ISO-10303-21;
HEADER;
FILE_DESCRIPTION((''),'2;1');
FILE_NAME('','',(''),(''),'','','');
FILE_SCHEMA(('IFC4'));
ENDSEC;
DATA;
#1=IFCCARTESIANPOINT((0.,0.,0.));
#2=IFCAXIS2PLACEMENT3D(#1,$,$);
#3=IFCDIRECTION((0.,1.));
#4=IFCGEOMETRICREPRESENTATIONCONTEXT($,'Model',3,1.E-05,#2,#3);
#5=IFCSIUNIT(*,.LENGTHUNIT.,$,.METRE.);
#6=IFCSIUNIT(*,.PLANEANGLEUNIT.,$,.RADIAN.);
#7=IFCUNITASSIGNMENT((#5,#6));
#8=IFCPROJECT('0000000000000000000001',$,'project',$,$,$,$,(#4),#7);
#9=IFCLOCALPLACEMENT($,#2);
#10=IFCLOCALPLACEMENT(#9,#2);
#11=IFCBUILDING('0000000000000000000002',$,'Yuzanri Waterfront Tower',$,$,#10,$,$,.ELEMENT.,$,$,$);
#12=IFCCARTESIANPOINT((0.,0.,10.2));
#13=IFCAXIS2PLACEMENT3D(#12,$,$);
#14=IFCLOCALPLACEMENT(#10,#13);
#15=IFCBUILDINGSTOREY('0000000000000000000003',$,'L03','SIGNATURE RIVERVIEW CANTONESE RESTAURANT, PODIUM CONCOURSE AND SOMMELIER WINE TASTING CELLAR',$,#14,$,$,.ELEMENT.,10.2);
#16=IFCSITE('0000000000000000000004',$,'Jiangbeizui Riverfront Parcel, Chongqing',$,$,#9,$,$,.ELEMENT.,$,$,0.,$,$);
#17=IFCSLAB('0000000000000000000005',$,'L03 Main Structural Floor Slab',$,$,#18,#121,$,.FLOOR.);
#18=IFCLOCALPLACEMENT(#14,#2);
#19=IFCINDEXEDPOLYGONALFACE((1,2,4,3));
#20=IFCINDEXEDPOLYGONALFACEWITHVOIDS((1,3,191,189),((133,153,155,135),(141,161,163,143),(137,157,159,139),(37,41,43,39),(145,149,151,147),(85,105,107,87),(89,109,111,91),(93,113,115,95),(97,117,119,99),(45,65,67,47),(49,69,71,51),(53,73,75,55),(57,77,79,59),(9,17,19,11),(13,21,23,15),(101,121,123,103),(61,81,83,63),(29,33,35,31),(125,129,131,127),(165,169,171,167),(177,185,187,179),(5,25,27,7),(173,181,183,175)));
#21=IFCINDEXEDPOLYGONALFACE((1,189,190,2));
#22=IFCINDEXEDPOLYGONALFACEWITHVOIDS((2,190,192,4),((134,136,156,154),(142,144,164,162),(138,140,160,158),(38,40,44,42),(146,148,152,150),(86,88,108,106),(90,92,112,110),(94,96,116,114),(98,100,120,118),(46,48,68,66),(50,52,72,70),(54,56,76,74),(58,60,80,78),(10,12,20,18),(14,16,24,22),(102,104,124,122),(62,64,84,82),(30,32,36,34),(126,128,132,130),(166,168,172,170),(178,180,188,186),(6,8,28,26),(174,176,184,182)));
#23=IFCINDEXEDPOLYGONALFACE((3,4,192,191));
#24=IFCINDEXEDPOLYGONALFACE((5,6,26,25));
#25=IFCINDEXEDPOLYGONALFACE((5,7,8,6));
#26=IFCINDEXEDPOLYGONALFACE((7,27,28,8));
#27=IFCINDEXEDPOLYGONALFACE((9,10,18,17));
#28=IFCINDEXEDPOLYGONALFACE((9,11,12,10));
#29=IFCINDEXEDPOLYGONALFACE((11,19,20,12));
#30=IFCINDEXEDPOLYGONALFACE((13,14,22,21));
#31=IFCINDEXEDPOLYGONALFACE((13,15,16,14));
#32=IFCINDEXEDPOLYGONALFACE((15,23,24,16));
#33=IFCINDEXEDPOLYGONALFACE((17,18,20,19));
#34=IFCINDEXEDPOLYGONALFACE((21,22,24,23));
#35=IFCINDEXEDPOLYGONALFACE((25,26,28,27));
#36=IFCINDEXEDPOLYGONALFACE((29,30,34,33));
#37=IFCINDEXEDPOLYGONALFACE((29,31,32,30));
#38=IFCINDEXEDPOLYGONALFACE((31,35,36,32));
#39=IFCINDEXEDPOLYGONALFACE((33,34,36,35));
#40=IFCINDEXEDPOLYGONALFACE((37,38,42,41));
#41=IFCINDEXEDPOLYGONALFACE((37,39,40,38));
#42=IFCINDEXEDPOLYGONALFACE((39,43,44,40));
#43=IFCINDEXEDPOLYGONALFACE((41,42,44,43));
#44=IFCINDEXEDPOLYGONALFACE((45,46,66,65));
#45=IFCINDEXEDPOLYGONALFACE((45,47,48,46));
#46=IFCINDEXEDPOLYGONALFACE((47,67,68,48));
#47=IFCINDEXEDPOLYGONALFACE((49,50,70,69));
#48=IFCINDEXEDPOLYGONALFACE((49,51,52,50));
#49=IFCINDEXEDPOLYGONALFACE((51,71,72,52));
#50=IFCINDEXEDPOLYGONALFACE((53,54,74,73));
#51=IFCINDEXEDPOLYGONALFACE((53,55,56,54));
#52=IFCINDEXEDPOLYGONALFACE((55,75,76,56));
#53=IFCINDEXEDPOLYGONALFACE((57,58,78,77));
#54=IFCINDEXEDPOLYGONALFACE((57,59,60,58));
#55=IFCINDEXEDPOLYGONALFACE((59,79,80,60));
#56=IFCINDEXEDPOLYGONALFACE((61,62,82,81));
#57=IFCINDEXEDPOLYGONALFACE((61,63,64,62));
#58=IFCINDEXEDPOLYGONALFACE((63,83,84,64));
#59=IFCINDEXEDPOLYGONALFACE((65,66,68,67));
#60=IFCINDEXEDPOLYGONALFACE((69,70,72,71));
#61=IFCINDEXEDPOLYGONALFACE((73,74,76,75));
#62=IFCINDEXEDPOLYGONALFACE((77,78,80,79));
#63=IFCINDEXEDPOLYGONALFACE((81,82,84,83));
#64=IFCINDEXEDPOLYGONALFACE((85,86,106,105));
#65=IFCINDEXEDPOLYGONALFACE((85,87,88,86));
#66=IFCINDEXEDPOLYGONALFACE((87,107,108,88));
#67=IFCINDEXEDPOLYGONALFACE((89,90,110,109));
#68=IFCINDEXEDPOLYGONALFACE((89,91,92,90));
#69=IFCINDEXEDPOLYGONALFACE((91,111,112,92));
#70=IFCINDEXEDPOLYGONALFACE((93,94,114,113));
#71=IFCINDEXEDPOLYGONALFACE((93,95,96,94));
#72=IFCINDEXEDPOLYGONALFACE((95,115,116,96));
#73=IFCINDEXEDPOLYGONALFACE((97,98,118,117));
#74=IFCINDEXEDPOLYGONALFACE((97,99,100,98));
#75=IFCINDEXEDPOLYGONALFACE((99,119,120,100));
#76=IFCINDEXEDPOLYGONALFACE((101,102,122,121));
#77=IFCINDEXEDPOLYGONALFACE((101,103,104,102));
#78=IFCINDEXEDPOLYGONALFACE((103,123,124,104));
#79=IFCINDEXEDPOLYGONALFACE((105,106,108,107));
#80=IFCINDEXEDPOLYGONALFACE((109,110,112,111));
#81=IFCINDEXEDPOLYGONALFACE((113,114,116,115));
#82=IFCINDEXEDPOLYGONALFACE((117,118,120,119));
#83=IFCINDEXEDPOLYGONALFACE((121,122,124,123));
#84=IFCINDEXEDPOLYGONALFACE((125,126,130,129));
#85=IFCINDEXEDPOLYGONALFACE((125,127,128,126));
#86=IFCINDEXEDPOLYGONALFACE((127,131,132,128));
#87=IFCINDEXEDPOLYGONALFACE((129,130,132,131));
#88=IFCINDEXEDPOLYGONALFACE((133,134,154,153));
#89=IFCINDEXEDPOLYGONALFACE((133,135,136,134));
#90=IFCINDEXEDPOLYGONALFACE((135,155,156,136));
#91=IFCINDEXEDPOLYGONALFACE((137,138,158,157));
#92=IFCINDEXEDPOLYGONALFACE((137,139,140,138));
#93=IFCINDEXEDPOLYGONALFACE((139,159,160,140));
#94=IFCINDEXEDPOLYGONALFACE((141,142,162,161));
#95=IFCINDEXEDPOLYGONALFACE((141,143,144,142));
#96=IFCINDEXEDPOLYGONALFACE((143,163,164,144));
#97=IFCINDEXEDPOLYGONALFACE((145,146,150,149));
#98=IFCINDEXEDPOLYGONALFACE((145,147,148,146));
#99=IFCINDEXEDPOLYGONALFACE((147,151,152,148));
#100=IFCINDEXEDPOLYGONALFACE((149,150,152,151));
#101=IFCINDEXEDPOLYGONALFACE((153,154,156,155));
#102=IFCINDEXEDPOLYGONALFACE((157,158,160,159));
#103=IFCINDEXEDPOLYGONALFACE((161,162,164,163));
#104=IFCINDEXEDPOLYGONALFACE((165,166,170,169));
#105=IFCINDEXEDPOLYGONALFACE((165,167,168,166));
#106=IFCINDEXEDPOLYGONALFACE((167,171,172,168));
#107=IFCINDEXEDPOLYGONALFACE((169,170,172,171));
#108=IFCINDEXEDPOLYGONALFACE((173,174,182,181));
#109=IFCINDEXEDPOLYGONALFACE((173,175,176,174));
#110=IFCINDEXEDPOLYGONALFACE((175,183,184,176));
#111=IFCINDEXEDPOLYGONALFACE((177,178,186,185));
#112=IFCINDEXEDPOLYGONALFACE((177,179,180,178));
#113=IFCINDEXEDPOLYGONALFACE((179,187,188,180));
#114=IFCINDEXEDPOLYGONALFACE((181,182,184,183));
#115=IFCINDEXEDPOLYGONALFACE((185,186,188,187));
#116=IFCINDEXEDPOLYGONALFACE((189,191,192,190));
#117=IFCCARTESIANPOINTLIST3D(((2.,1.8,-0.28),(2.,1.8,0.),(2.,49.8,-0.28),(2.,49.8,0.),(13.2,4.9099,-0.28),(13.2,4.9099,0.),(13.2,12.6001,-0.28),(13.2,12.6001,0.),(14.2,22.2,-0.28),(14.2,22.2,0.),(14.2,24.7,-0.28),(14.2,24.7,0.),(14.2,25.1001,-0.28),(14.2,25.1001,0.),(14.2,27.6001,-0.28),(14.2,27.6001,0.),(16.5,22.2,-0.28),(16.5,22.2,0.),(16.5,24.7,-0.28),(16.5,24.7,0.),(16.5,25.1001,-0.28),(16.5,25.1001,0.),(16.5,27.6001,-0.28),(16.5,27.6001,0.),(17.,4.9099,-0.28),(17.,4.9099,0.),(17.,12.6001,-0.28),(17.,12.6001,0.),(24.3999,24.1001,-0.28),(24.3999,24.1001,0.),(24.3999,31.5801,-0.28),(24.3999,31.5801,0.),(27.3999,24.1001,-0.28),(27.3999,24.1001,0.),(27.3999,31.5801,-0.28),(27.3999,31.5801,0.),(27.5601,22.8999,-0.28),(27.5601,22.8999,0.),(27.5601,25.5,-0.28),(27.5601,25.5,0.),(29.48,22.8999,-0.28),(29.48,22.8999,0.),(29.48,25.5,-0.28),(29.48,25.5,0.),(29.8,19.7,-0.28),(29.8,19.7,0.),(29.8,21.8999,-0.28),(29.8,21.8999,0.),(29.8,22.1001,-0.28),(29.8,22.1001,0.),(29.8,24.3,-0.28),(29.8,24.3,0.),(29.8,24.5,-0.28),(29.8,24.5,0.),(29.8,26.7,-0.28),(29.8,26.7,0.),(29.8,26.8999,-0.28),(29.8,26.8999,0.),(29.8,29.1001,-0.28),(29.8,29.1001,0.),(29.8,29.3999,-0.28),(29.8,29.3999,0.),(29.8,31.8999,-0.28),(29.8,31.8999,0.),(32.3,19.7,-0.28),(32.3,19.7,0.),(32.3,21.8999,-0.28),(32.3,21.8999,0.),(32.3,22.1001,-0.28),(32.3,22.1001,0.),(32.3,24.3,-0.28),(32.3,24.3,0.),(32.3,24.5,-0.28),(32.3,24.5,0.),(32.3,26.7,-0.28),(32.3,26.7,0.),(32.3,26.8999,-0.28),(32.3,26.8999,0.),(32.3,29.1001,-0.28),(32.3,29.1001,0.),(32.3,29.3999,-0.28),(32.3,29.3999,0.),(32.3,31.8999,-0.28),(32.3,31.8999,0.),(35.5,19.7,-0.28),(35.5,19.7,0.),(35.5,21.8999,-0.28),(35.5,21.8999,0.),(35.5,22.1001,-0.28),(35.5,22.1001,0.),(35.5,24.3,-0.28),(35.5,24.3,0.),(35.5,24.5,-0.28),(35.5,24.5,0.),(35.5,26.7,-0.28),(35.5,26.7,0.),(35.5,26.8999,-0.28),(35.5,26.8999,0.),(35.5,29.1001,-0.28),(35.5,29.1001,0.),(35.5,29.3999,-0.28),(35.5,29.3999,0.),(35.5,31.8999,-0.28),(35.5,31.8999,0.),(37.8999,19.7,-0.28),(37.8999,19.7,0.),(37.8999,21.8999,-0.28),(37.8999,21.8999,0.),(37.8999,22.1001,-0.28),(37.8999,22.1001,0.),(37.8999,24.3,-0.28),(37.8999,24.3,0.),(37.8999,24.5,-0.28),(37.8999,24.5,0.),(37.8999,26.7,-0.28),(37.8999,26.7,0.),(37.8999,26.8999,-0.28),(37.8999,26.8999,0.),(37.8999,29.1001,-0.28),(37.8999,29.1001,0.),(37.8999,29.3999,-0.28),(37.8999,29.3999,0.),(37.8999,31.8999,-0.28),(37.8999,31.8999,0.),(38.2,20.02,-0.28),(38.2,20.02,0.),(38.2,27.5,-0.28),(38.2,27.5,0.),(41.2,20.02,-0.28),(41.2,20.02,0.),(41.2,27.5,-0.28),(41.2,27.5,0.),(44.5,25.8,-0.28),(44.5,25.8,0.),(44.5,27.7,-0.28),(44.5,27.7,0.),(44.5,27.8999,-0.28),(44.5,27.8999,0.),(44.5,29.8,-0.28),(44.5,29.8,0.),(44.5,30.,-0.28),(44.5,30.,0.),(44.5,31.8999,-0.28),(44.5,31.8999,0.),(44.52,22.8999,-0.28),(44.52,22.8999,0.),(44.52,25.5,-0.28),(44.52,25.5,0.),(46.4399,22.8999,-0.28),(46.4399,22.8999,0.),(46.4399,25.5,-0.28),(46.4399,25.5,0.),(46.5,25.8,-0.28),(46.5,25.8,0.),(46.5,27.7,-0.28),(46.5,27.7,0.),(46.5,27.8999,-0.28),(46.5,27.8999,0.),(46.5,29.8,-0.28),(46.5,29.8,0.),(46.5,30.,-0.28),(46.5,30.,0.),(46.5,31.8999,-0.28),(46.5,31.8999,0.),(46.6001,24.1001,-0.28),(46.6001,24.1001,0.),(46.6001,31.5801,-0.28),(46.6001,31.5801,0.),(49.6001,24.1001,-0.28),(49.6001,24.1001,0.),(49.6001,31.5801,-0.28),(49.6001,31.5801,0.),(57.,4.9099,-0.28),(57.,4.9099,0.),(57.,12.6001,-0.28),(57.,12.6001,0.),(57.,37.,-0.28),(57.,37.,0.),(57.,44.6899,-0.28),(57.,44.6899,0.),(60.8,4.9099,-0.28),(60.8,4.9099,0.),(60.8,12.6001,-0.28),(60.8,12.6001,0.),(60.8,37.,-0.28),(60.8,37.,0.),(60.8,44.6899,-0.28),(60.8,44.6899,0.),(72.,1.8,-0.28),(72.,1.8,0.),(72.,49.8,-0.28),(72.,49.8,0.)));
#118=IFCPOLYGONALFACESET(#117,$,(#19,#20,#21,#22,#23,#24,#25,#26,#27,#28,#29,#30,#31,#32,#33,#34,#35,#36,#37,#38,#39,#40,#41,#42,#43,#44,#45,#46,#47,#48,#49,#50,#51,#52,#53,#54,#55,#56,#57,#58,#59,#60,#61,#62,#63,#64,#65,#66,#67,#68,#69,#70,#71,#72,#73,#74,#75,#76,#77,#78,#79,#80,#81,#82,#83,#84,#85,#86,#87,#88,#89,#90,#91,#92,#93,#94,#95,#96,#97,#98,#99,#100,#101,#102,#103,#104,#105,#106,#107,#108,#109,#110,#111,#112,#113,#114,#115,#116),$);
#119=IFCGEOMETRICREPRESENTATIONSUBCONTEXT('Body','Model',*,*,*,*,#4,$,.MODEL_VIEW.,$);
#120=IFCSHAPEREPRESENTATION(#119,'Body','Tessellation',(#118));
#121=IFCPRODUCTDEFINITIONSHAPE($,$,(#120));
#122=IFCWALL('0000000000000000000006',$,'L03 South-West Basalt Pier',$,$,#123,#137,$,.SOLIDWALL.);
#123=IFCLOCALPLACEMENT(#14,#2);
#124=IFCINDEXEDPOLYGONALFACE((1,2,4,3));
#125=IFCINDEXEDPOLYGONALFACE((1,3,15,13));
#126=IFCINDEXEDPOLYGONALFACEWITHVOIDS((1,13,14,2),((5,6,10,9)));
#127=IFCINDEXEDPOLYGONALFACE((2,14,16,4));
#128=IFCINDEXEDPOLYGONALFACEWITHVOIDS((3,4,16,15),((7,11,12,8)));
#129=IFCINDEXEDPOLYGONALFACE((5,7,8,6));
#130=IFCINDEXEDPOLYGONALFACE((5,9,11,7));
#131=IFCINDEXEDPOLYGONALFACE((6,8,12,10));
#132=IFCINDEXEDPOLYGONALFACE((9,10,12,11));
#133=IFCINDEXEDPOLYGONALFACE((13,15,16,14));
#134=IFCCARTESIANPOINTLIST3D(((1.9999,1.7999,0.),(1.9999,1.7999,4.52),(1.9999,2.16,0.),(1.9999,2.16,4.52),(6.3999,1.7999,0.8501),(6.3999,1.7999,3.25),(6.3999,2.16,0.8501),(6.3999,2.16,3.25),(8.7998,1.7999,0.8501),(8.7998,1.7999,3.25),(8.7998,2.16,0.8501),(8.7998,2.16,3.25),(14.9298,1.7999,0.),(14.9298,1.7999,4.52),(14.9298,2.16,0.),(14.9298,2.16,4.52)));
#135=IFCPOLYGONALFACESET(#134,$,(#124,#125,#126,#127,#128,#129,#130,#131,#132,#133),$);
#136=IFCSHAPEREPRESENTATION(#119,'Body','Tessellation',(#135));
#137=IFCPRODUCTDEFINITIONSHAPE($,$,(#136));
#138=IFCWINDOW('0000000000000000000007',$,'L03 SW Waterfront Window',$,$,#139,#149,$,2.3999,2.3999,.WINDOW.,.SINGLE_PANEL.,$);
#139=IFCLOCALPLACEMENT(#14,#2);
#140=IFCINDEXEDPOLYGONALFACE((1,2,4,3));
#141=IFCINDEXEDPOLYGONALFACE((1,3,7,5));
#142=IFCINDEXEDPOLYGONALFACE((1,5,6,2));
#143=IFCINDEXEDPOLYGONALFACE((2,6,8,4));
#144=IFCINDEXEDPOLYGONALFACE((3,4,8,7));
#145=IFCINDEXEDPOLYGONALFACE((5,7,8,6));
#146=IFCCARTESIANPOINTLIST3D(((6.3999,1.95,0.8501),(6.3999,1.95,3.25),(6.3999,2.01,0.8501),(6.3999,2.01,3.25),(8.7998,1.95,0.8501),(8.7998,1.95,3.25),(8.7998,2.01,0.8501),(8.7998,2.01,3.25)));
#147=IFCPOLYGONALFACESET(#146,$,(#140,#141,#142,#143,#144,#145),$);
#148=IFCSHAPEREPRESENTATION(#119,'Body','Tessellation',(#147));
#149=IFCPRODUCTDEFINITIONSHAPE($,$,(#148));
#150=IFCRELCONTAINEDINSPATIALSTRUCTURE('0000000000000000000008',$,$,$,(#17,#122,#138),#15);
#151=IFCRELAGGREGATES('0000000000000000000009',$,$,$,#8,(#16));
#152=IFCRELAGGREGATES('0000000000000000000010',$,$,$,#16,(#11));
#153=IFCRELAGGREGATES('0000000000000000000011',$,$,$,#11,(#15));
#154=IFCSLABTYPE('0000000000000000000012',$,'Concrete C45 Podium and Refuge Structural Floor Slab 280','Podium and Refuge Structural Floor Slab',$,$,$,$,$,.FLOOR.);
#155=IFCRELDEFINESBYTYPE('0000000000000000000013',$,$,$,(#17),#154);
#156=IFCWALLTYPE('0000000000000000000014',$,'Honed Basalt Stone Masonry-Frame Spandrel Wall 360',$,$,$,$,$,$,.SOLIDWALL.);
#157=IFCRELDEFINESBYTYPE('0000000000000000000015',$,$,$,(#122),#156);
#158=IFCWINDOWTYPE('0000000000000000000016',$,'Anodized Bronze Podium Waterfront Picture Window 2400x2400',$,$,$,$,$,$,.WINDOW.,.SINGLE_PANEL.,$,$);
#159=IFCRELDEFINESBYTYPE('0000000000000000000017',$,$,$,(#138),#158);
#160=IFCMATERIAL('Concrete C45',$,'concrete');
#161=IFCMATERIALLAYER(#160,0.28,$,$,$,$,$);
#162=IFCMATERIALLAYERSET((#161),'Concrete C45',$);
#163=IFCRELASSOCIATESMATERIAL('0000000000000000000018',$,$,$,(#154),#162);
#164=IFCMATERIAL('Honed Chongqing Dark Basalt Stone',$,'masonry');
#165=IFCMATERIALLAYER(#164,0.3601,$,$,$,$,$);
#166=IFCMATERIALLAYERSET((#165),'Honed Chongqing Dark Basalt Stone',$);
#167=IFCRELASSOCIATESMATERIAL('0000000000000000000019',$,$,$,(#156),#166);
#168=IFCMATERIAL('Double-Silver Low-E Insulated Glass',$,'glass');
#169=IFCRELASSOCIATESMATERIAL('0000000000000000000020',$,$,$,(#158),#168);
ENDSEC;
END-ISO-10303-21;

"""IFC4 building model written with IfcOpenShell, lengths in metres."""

from ifc_helpers import new_model, si_unit, direction, frame, frame_2d, origin, place, context, subcontext, project, spatial, polyline, rectangle, outline, extrude, source, transform, mapped, material, layer, layer_set, type_object, element, fill, save


model = new_model("IFC4")

# Units and contexts
model_context = context("Model", 3, precision=1e-05, world=origin(), true_north=direction((0.0, 1.0)))
body_context = subcontext(model_context, "Body", "Model", "MODEL_VIEW")
ifc_project = project(units=[si_unit("LENGTHUNIT", "METRE"), si_unit("PLANEANGLEUNIT", "RADIAN")], contexts=[model_context])

# Site, building, storey
site_placement = place(None, origin())
site = spatial("IfcSite", under=ifc_project, at=site_placement, Name="Jiangbeizui Riverfront Parcel, Chongqing", CompositionType="ELEMENT", RefElevation=0.0)
building_placement = place(site_placement, origin())
building = spatial("IfcBuilding", under=site, at=building_placement, Name="Yuzanri Waterfront Tower", CompositionType="ELEMENT")
storey_placement = place(building_placement, frame((0.0, 0.0, 10.2)))
storey = spatial("IfcBuildingStorey", under=building, at=storey_placement, Name="L03", Description="SIGNATURE RIVERVIEW CANTONESE RESTAURANT, PODIUM CONCOURSE AND SOMMELIER WINE TASTING CELLAR", CompositionType="ELEMENT", Elevation=10.2)

# Slab
ifc_material_1 = material(Name="Concrete C45", Category="concrete")
ifc_layer_1 = layer(ifc_material_1, 0.28)
ifc_layer_set_1 = layer_set([ifc_layer_1], Name="Concrete C45")
slab_type_1 = type_object("IfcSlabType", Name="Concrete C45 Podium and Refuge Structural Floor Slab 280", Description="Podium and Refuge Structural Floor Slab", PredefinedType="FLOOR", material=ifc_layer_set_1)
slab_1_placement = place(storey_placement, frame((0.0, 0.0, -0.28)))
element("IfcSlab", 1, at=slab_1_placement, inside=storey, type_object=slab_type_1, Name="L03 Main Structural Floor Slab", PredefinedType="FLOOR", context=body_context, shape_type="SweptSolid", body=[
    extrude(outline(polyline([(2.0, 1.8), (72.0, 1.8), (72.0, 49.8), (2.0, 49.8), (2.0, 1.8)]), holes=[polyline([(27.3999, 24.1001), (27.3999, 31.5801), (24.3999, 31.5801), (24.3999, 24.1001), (27.3999, 24.1001)]), polyline([(49.6001, 24.1001), (49.6001, 31.5801), (46.6001, 31.5801), (46.6001, 24.1001), (49.6001, 24.1001)]), polyline([(38.2, 27.5), (38.2, 20.02), (41.2, 20.02), (41.2, 27.5), (38.2, 27.5)]), polyline([(17.0, 4.9099), (17.0, 12.6001), (13.2, 12.6001), (13.2, 4.9099), (17.0, 4.9099)]), polyline([(60.8, 4.9099), (60.8, 12.6001), (57.0, 12.6001), (57.0, 4.9099), (60.8, 4.9099)]), polyline([(57.0, 44.6899), (57.0, 37.0), (60.8, 37.0), (60.8, 44.6899), (57.0, 44.6899)]), polyline([(27.5601, 22.8999), (29.48, 22.8999), (29.48, 25.5), (27.5601, 25.5), (27.5601, 22.8999)]), polyline([(44.52, 22.8999), (46.4399, 22.8999), (46.4399, 25.5), (44.52, 25.5), (44.52, 22.8999)]), polyline([(29.8, 19.7), (32.3, 19.7), (32.3, 21.8999), (29.8, 21.8999), (29.8, 19.7)]), polyline([(29.8, 22.1001), (32.3, 22.1001), (32.3, 24.3), (29.8, 24.3), (29.8, 22.1001)]), polyline([(29.8, 24.5), (32.3, 24.5), (32.3, 26.7), (29.8, 26.7), (29.8, 24.5)]), polyline([(29.8, 26.8999), (32.3, 26.8999), (32.3, 29.1001), (29.8, 29.1001), (29.8, 26.8999)]), polyline([(29.8, 29.3999), (32.3, 29.3999), (32.3, 31.8999), (29.8, 31.8999), (29.8, 29.3999)]), polyline([(35.5, 19.7), (37.8999, 19.7), (37.8999, 21.8999), (35.5, 21.8999), (35.5, 19.7)]), polyline([(35.5, 22.1001), (37.8999, 22.1001), (37.8999, 24.3), (35.5, 24.3), (35.5, 22.1001)]), polyline([(35.5, 24.5), (37.8999, 24.5), (37.8999, 26.7), (35.5, 26.7), (35.5, 24.5)]), polyline([(35.5, 26.8999), (37.8999, 26.8999), (37.8999, 29.1001), (35.5, 29.1001), (35.5, 26.8999)]), polyline([(35.5, 29.3999), (37.8999, 29.3999), (37.8999, 31.8999), (35.5, 31.8999), (35.5, 29.3999)]), polyline([(44.5, 25.8), (46.5, 25.8), (46.5, 27.7), (44.5, 27.7), (44.5, 25.8)]), polyline([(44.5, 27.8999), (46.5, 27.8999), (46.5, 29.8), (44.5, 29.8), (44.5, 27.8999)]), polyline([(44.5, 30.0), (46.5, 30.0), (46.5, 31.8999), (44.5, 31.8999), (44.5, 30.0)]), polyline([(14.2, 22.2), (16.5, 22.2), (16.5, 24.7), (14.2, 24.7), (14.2, 22.2)]), polyline([(14.2, 25.1001), (16.5, 25.1001), (16.5, 27.6001), (14.2, 27.6001), (14.2, 25.1001)])]), origin(), (0.0, 0.0, 1.0), 0.28),
])

# Wall, opening, window
ifc_material_2 = material(Name="Honed Chongqing Dark Basalt Stone", Category="masonry")
ifc_layer_2 = layer(ifc_material_2, 0.3601)
ifc_layer_set_2 = layer_set([ifc_layer_2], Name="Honed Chongqing Dark Basalt Stone")
wall_type_1 = type_object("IfcWallType", Name="Honed Basalt Stone Masonry-Frame Spandrel Wall 360", PredefinedType="SOLIDWALL", material=ifc_layer_set_2)
wall_1_placement = place(storey_placement, frame((2.0, 1.98, 0.0), z_axis=(0.0, 0.0, 1.0), x_axis=(1.0, 0.0, 0.0)))
wall_1 = element("IfcWall", 2, at=wall_1_placement, inside=storey, type_object=wall_type_1, Name="L03 South-West Basalt Pier", PredefinedType="SOLIDWALL", context=body_context, shape_type="SweptSolid", body=[
    extrude(rectangle(XDim=12.9299, YDim=0.3601, at=frame_2d((6.4648, 0.0))), origin(), (0.0, 0.0, 1.0), 4.52),
])
opening_1_placement = place(wall_1_placement, frame((4.3999, 0.0, 0.8501)))
opening_1 = element("IfcOpeningElement", 3, at=opening_1_placement, cuts=wall_1, PredefinedType="OPENING", context=body_context, shape_type="SweptSolid", body=[
    extrude(rectangle(XDim=2.3999, YDim=2.3999, at=frame_2d((1.2, 1.2))), frame((0.0, 0.1948, 0.0), z_axis=(0.0, -1.0, 0.0), x_axis=(1.0, 0.0, 0.0)), (0.0, 0.0, 1.0), 0.3899),
])
ifc_material_3 = material(Name="Double-Silver Low-E Insulated Glass", Category="glass")
window_type_1 = type_object("IfcWindowType", Name="Anodized Bronze Podium Waterfront Picture Window 2400x2400", PartitioningType="SINGLE_PANEL", PredefinedType="WINDOW", material=ifc_material_3)
shared_shape_1 = source(origin(), body_context, "Body", "SweptSolid", [
    extrude(rectangle(XDim=2.3999, YDim=2.3999, at=frame_2d((1.2, 1.2))), frame((0.0, 0.03, 0.0), z_axis=(0.0, -1.0, 0.0), x_axis=(1.0, 0.0, 0.0)), (0.0, 0.0, 1.0), 0.0601),
])
window_1_placement = place(opening_1_placement, origin())
window_1 = element("IfcWindow", 4, at=window_1_placement, inside=storey, type_object=window_type_1, Name="L03 SW Waterfront Window", OverallHeight=2.3999, OverallWidth=2.3999, PartitioningType="SINGLE_PANEL", PredefinedType="WINDOW", context=body_context, shape_type="MappedRepresentation", body=[
    mapped(shared_shape_1, transform((0.0, 0.0, 0.0), scale=1.0)),
])
fill(opening_1, window_1)

save(model, "model.ifc")
